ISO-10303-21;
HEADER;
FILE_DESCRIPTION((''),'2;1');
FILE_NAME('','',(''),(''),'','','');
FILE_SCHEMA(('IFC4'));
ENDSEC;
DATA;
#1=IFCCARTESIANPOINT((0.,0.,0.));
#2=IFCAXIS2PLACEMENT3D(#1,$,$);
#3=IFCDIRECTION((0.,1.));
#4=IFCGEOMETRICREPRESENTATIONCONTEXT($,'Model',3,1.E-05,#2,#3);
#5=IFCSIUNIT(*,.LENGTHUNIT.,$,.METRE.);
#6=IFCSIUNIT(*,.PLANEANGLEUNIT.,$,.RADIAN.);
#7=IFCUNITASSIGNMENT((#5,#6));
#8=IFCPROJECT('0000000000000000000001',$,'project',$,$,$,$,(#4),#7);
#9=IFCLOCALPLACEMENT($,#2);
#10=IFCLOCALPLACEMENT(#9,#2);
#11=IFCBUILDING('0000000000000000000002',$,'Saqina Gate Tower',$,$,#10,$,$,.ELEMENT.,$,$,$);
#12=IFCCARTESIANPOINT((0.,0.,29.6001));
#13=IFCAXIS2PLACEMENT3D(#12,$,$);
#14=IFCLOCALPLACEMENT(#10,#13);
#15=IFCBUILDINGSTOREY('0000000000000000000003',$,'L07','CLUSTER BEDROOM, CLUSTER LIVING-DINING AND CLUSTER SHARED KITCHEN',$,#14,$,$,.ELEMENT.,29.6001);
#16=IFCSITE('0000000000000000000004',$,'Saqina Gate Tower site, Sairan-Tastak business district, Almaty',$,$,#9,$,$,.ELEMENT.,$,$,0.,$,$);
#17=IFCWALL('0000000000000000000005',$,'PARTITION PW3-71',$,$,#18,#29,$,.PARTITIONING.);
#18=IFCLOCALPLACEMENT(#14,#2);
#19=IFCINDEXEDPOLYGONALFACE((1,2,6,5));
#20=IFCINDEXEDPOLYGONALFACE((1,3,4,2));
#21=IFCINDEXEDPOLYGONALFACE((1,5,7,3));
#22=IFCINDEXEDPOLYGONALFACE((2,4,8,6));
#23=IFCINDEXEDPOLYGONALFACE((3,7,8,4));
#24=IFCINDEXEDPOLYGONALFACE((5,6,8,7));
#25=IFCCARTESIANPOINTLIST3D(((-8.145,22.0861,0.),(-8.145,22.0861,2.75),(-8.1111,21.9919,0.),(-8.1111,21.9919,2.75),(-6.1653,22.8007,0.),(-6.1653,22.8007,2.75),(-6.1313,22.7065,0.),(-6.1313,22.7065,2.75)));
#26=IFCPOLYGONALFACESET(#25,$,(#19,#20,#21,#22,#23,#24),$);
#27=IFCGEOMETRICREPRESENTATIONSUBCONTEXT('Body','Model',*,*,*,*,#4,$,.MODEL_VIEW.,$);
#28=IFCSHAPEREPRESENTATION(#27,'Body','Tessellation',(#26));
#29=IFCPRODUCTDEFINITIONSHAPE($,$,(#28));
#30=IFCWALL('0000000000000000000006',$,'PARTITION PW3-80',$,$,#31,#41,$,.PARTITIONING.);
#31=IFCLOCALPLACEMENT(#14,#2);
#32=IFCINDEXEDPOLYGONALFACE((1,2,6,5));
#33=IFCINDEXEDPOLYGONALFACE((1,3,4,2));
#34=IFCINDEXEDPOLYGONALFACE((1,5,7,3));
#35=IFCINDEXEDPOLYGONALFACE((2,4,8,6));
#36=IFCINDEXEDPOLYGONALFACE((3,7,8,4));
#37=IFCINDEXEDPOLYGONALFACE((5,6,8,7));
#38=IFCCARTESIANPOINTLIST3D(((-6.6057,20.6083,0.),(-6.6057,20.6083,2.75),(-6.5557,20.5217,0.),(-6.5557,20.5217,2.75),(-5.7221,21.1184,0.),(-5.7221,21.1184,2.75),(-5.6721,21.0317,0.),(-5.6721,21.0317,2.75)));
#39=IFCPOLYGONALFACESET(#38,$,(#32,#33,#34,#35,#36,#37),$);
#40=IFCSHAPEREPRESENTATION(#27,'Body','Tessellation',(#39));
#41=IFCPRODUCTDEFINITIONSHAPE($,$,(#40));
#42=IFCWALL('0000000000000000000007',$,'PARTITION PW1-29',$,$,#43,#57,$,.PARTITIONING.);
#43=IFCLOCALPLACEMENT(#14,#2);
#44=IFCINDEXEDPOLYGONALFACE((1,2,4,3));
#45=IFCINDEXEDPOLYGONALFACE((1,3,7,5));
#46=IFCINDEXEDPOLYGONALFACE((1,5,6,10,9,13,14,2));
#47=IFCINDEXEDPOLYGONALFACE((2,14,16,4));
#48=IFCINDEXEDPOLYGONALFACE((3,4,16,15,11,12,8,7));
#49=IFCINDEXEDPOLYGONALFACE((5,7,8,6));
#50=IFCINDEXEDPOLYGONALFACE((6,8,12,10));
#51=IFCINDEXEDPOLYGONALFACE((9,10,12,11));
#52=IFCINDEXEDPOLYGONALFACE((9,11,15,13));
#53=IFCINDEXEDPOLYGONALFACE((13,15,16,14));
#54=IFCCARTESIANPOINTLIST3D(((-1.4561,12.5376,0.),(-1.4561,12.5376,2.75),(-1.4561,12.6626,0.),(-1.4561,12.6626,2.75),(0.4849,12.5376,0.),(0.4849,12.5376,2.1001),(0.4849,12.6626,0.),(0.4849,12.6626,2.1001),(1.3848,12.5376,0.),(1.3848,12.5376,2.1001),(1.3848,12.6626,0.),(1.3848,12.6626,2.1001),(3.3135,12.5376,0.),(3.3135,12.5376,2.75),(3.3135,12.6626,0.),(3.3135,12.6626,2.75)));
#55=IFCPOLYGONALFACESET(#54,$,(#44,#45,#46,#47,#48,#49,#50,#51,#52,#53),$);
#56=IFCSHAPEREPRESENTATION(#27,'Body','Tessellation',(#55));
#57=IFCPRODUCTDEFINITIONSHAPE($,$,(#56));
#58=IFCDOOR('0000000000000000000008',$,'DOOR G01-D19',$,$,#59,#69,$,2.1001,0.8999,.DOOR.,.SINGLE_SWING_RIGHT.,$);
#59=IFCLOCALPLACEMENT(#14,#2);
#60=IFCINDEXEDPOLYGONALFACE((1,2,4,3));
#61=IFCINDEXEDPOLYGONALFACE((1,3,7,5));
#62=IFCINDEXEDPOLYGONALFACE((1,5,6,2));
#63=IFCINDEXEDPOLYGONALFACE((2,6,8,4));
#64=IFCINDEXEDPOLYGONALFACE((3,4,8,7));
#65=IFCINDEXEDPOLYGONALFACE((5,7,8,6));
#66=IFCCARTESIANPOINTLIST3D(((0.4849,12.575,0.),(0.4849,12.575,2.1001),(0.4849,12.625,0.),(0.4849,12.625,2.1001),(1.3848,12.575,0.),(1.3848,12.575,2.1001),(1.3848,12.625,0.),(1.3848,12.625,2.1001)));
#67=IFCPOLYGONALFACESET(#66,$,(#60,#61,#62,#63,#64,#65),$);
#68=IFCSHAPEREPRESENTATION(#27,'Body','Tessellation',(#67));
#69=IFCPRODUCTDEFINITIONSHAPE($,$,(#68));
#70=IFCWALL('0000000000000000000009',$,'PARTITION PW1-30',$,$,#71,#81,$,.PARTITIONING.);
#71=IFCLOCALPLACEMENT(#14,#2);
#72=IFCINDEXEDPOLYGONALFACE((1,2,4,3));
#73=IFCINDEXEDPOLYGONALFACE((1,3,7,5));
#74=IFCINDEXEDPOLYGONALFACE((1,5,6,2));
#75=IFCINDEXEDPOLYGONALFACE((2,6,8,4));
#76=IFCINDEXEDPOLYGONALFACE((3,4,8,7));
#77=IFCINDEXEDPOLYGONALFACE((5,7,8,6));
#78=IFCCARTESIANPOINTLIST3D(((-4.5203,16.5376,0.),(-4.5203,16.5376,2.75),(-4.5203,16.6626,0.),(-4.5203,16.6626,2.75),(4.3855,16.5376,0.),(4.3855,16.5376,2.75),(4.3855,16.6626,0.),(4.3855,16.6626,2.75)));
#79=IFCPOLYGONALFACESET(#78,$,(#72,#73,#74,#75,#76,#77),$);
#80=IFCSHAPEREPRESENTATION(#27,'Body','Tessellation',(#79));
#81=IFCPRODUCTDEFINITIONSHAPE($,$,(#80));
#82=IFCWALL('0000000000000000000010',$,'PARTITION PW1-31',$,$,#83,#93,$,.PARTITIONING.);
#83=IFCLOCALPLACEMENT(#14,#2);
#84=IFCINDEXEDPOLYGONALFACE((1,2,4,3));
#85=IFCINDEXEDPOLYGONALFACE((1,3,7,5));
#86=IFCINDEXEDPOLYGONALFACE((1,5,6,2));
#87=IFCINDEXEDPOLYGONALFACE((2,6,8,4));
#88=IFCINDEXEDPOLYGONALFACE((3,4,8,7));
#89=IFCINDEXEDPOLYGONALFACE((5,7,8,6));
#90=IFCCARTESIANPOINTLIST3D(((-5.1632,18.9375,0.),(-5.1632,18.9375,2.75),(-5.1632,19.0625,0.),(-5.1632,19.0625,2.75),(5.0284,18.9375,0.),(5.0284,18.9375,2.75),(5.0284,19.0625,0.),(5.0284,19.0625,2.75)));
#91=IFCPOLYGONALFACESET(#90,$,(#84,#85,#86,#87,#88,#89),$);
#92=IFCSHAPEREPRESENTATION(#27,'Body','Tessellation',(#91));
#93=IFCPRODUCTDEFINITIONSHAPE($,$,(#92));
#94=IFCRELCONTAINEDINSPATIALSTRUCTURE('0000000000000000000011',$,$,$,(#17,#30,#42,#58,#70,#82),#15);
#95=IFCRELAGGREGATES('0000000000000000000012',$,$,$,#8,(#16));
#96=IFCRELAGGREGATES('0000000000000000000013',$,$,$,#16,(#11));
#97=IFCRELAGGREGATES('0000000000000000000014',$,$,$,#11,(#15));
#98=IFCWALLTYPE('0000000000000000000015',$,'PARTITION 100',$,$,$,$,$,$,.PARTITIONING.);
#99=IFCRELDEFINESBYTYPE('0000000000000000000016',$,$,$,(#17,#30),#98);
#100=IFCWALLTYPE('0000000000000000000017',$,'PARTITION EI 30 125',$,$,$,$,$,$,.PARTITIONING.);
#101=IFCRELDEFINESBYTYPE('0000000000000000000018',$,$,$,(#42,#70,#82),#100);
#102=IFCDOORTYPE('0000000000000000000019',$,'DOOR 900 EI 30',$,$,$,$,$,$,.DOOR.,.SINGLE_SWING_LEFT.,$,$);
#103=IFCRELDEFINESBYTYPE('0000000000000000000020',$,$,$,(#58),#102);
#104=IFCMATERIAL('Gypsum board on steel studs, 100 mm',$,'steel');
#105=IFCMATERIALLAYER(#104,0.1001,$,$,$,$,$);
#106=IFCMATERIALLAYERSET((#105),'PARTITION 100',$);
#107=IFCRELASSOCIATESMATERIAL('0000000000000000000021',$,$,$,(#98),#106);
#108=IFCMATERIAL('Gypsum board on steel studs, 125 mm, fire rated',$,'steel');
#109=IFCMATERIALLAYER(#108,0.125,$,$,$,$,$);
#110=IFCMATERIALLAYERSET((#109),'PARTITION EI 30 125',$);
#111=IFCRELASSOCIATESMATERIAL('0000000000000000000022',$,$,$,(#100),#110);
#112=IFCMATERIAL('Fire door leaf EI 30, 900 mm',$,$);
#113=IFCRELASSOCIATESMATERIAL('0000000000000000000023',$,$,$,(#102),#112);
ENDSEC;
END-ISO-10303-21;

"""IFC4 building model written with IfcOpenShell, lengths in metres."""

from ifc_helpers import new_model, si_unit, direction, frame, frame_2d, origin, place, context, subcontext, project, spatial, rectangle, extrude, material, layer, layer_set, type_object, element, fill, save


model = new_model("IFC4")

# Units and contexts
model_context = context("Model", 3, precision=1e-05, world=origin(), true_north=direction((0.0, 1.0)))
body_context = subcontext(model_context, "Body", "Model", "MODEL_VIEW")
ifc_project = project(units=[si_unit("LENGTHUNIT", "METRE"), si_unit("PLANEANGLEUNIT", "RADIAN")], contexts=[model_context])

# Site, building, storey
site_placement = place(None, origin())
site = spatial("IfcSite", under=ifc_project, at=site_placement, Name="Saqina Gate Tower site, Sairan-Tastak business district, Almaty", CompositionType="ELEMENT", RefElevation=0.0)
building_placement = place(site_placement, origin())
building = spatial("IfcBuilding", under=site, at=building_placement, Name="Saqina Gate Tower", CompositionType="ELEMENT")
storey_placement = place(building_placement, frame((0.0, 0.0, 29.6001)))
storey = spatial("IfcBuildingStorey", under=building, at=storey_placement, Name="L07", Description="CLUSTER BEDROOM, CLUSTER LIVING-DINING AND CLUSTER SHARED KITCHEN", CompositionType="ELEMENT", Elevation=29.6001)

# Shared definitions
ifc_material_1 = material(Name="Gypsum board on steel studs, 100 mm", Category="steel")
ifc_layer_1 = layer(ifc_material_1, 0.1001)
ifc_layer_set_1 = layer_set([ifc_layer_1], Name="PARTITION 100")
wall_type_1 = type_object("IfcWallType", Name="PARTITION 100", PredefinedType="PARTITIONING", material=ifc_layer_set_1)

# Walls
wall_1_placement = place(storey_placement, frame((-8.1279, 22.0391, 0.0), z_axis=(0.0, 0.0, 1.0), x_axis=(0.9406, 0.339516, 0.0)))
element("IfcWall", 1, at=wall_1_placement, inside=storey, type_object=wall_type_1, Name="PARTITION PW3-71", PredefinedType="PARTITIONING", context=body_context, shape_type="SweptSolid", body=[
    extrude(rectangle(XDim=2.1047, YDim=0.1001, at=frame_2d((1.0522, 0.0))), origin(), (0.0, 0.0, 1.0), 2.75),
])
wall_2_placement = place(storey_placement, frame((-6.5808, 20.5649, 0.0), z_axis=(0.0, 0.0, 1.0), x_axis=(0.86607, 0.499923, 0.0)))
element("IfcWall", 2, at=wall_2_placement, inside=storey, type_object=wall_type_1, Name="PARTITION PW3-80", PredefinedType="PARTITIONING", context=body_context, shape_type="SweptSolid", body=[
    extrude(rectangle(XDim=1.0203, YDim=0.1001, at=frame_2d((0.5103, 0.0))), origin(), (0.0, 0.0, 1.0), 2.75),
])

# Wall, opening, door
ifc_material_2 = material(Name="Gypsum board on steel studs, 125 mm, fire rated", Category="steel")
ifc_layer_2 = layer(ifc_material_2, 0.125)
ifc_layer_set_2 = layer_set([ifc_layer_2], Name="PARTITION EI 30 125")
wall_type_2 = type_object("IfcWallType", Name="PARTITION EI 30 125", PredefinedType="PARTITIONING", material=ifc_layer_set_2)
wall_3_placement = place(storey_placement, frame((-1.4561, 12.6001, 0.0), z_axis=(0.0, 0.0, 1.0), x_axis=(1.0, 0.0, 0.0)))
wall_3 = element("IfcWall", 3, at=wall_3_placement, inside=storey, type_object=wall_type_2, Name="PARTITION PW1-29", PredefinedType="PARTITIONING", context=body_context, shape_type="SweptSolid", body=[
    extrude(rectangle(XDim=4.7695, YDim=0.125, at=frame_2d((2.3848, 0.0))), origin(), (0.0, 0.0, 1.0), 2.75),
])
opening_1_placement = place(wall_3_placement, frame((1.9409, 0.0, 0.0)))
opening_1 = element("IfcOpeningElement", 4, at=opening_1_placement, cuts=wall_3, PredefinedType="OPENING", context=body_context, shape_type="SweptSolid", body=[
    extrude(rectangle(XDim=0.8999, YDim=2.1001, at=frame_2d((0.45, 1.05))), frame((0.0, 0.0745, 0.0), z_axis=(0.0, -1.0, 0.0), x_axis=(1.0, 0.0, 0.0)), (0.0, 0.0, 1.0), 0.1489),
])
ifc_material_3 = material(Name="Fire door leaf EI 30, 900 mm")
door_type_1 = type_object("IfcDoorType", Name="DOOR 900 EI 30", OperationType="SINGLE_SWING_LEFT", PredefinedType="DOOR", material=ifc_material_3)
door_1_placement = place(opening_1_placement, origin())
door_1 = element("IfcDoor", 5, at=door_1_placement, inside=storey, type_object=door_type_1, Name="DOOR G01-D19", OperationType="SINGLE_SWING_RIGHT", OverallHeight=2.1001, OverallWidth=0.8999, PredefinedType="DOOR", context=body_context, shape_type="SweptSolid", body=[
    extrude(rectangle(XDim=0.8999, YDim=2.1001, at=frame_2d((0.45, 1.05))), frame((0.0, 0.0249, 0.0), z_axis=(0.0, -1.0, 0.0), x_axis=(1.0, 0.0, 0.0)), (0.0, 0.0, 1.0), 0.05),
])
fill(opening_1, door_1)

# Walls
wall_4_placement = place(storey_placement, frame((-4.5203, 16.6001, 0.0), z_axis=(0.0, 0.0, 1.0), x_axis=(1.0, 0.0, 0.0)))
element("IfcWall", 6, at=wall_4_placement, inside=storey, type_object=wall_type_2, Name="PARTITION PW1-30", PredefinedType="PARTITIONING", context=body_context, shape_type="SweptSolid", body=[
    extrude(rectangle(XDim=8.9058, YDim=0.125, at=frame_2d((4.4529, 0.0))), origin(), (0.0, 0.0, 1.0), 2.75),
])
wall_5_placement = place(storey_placement, frame((-5.1631, 19.0, 0.0), z_axis=(0.0, 0.0, 1.0), x_axis=(1.0, 0.0, 0.0)))
element("IfcWall", 7, at=wall_5_placement, inside=storey, type_object=wall_type_2, Name="PARTITION PW1-31", PredefinedType="PARTITIONING", context=body_context, shape_type="SweptSolid", body=[
    extrude(rectangle(XDim=10.1917, YDim=0.125, at=frame_2d((5.0957, 0.0))), origin(), (0.0, 0.0, 1.0), 2.75),
])

save(model, "model.ifc")
